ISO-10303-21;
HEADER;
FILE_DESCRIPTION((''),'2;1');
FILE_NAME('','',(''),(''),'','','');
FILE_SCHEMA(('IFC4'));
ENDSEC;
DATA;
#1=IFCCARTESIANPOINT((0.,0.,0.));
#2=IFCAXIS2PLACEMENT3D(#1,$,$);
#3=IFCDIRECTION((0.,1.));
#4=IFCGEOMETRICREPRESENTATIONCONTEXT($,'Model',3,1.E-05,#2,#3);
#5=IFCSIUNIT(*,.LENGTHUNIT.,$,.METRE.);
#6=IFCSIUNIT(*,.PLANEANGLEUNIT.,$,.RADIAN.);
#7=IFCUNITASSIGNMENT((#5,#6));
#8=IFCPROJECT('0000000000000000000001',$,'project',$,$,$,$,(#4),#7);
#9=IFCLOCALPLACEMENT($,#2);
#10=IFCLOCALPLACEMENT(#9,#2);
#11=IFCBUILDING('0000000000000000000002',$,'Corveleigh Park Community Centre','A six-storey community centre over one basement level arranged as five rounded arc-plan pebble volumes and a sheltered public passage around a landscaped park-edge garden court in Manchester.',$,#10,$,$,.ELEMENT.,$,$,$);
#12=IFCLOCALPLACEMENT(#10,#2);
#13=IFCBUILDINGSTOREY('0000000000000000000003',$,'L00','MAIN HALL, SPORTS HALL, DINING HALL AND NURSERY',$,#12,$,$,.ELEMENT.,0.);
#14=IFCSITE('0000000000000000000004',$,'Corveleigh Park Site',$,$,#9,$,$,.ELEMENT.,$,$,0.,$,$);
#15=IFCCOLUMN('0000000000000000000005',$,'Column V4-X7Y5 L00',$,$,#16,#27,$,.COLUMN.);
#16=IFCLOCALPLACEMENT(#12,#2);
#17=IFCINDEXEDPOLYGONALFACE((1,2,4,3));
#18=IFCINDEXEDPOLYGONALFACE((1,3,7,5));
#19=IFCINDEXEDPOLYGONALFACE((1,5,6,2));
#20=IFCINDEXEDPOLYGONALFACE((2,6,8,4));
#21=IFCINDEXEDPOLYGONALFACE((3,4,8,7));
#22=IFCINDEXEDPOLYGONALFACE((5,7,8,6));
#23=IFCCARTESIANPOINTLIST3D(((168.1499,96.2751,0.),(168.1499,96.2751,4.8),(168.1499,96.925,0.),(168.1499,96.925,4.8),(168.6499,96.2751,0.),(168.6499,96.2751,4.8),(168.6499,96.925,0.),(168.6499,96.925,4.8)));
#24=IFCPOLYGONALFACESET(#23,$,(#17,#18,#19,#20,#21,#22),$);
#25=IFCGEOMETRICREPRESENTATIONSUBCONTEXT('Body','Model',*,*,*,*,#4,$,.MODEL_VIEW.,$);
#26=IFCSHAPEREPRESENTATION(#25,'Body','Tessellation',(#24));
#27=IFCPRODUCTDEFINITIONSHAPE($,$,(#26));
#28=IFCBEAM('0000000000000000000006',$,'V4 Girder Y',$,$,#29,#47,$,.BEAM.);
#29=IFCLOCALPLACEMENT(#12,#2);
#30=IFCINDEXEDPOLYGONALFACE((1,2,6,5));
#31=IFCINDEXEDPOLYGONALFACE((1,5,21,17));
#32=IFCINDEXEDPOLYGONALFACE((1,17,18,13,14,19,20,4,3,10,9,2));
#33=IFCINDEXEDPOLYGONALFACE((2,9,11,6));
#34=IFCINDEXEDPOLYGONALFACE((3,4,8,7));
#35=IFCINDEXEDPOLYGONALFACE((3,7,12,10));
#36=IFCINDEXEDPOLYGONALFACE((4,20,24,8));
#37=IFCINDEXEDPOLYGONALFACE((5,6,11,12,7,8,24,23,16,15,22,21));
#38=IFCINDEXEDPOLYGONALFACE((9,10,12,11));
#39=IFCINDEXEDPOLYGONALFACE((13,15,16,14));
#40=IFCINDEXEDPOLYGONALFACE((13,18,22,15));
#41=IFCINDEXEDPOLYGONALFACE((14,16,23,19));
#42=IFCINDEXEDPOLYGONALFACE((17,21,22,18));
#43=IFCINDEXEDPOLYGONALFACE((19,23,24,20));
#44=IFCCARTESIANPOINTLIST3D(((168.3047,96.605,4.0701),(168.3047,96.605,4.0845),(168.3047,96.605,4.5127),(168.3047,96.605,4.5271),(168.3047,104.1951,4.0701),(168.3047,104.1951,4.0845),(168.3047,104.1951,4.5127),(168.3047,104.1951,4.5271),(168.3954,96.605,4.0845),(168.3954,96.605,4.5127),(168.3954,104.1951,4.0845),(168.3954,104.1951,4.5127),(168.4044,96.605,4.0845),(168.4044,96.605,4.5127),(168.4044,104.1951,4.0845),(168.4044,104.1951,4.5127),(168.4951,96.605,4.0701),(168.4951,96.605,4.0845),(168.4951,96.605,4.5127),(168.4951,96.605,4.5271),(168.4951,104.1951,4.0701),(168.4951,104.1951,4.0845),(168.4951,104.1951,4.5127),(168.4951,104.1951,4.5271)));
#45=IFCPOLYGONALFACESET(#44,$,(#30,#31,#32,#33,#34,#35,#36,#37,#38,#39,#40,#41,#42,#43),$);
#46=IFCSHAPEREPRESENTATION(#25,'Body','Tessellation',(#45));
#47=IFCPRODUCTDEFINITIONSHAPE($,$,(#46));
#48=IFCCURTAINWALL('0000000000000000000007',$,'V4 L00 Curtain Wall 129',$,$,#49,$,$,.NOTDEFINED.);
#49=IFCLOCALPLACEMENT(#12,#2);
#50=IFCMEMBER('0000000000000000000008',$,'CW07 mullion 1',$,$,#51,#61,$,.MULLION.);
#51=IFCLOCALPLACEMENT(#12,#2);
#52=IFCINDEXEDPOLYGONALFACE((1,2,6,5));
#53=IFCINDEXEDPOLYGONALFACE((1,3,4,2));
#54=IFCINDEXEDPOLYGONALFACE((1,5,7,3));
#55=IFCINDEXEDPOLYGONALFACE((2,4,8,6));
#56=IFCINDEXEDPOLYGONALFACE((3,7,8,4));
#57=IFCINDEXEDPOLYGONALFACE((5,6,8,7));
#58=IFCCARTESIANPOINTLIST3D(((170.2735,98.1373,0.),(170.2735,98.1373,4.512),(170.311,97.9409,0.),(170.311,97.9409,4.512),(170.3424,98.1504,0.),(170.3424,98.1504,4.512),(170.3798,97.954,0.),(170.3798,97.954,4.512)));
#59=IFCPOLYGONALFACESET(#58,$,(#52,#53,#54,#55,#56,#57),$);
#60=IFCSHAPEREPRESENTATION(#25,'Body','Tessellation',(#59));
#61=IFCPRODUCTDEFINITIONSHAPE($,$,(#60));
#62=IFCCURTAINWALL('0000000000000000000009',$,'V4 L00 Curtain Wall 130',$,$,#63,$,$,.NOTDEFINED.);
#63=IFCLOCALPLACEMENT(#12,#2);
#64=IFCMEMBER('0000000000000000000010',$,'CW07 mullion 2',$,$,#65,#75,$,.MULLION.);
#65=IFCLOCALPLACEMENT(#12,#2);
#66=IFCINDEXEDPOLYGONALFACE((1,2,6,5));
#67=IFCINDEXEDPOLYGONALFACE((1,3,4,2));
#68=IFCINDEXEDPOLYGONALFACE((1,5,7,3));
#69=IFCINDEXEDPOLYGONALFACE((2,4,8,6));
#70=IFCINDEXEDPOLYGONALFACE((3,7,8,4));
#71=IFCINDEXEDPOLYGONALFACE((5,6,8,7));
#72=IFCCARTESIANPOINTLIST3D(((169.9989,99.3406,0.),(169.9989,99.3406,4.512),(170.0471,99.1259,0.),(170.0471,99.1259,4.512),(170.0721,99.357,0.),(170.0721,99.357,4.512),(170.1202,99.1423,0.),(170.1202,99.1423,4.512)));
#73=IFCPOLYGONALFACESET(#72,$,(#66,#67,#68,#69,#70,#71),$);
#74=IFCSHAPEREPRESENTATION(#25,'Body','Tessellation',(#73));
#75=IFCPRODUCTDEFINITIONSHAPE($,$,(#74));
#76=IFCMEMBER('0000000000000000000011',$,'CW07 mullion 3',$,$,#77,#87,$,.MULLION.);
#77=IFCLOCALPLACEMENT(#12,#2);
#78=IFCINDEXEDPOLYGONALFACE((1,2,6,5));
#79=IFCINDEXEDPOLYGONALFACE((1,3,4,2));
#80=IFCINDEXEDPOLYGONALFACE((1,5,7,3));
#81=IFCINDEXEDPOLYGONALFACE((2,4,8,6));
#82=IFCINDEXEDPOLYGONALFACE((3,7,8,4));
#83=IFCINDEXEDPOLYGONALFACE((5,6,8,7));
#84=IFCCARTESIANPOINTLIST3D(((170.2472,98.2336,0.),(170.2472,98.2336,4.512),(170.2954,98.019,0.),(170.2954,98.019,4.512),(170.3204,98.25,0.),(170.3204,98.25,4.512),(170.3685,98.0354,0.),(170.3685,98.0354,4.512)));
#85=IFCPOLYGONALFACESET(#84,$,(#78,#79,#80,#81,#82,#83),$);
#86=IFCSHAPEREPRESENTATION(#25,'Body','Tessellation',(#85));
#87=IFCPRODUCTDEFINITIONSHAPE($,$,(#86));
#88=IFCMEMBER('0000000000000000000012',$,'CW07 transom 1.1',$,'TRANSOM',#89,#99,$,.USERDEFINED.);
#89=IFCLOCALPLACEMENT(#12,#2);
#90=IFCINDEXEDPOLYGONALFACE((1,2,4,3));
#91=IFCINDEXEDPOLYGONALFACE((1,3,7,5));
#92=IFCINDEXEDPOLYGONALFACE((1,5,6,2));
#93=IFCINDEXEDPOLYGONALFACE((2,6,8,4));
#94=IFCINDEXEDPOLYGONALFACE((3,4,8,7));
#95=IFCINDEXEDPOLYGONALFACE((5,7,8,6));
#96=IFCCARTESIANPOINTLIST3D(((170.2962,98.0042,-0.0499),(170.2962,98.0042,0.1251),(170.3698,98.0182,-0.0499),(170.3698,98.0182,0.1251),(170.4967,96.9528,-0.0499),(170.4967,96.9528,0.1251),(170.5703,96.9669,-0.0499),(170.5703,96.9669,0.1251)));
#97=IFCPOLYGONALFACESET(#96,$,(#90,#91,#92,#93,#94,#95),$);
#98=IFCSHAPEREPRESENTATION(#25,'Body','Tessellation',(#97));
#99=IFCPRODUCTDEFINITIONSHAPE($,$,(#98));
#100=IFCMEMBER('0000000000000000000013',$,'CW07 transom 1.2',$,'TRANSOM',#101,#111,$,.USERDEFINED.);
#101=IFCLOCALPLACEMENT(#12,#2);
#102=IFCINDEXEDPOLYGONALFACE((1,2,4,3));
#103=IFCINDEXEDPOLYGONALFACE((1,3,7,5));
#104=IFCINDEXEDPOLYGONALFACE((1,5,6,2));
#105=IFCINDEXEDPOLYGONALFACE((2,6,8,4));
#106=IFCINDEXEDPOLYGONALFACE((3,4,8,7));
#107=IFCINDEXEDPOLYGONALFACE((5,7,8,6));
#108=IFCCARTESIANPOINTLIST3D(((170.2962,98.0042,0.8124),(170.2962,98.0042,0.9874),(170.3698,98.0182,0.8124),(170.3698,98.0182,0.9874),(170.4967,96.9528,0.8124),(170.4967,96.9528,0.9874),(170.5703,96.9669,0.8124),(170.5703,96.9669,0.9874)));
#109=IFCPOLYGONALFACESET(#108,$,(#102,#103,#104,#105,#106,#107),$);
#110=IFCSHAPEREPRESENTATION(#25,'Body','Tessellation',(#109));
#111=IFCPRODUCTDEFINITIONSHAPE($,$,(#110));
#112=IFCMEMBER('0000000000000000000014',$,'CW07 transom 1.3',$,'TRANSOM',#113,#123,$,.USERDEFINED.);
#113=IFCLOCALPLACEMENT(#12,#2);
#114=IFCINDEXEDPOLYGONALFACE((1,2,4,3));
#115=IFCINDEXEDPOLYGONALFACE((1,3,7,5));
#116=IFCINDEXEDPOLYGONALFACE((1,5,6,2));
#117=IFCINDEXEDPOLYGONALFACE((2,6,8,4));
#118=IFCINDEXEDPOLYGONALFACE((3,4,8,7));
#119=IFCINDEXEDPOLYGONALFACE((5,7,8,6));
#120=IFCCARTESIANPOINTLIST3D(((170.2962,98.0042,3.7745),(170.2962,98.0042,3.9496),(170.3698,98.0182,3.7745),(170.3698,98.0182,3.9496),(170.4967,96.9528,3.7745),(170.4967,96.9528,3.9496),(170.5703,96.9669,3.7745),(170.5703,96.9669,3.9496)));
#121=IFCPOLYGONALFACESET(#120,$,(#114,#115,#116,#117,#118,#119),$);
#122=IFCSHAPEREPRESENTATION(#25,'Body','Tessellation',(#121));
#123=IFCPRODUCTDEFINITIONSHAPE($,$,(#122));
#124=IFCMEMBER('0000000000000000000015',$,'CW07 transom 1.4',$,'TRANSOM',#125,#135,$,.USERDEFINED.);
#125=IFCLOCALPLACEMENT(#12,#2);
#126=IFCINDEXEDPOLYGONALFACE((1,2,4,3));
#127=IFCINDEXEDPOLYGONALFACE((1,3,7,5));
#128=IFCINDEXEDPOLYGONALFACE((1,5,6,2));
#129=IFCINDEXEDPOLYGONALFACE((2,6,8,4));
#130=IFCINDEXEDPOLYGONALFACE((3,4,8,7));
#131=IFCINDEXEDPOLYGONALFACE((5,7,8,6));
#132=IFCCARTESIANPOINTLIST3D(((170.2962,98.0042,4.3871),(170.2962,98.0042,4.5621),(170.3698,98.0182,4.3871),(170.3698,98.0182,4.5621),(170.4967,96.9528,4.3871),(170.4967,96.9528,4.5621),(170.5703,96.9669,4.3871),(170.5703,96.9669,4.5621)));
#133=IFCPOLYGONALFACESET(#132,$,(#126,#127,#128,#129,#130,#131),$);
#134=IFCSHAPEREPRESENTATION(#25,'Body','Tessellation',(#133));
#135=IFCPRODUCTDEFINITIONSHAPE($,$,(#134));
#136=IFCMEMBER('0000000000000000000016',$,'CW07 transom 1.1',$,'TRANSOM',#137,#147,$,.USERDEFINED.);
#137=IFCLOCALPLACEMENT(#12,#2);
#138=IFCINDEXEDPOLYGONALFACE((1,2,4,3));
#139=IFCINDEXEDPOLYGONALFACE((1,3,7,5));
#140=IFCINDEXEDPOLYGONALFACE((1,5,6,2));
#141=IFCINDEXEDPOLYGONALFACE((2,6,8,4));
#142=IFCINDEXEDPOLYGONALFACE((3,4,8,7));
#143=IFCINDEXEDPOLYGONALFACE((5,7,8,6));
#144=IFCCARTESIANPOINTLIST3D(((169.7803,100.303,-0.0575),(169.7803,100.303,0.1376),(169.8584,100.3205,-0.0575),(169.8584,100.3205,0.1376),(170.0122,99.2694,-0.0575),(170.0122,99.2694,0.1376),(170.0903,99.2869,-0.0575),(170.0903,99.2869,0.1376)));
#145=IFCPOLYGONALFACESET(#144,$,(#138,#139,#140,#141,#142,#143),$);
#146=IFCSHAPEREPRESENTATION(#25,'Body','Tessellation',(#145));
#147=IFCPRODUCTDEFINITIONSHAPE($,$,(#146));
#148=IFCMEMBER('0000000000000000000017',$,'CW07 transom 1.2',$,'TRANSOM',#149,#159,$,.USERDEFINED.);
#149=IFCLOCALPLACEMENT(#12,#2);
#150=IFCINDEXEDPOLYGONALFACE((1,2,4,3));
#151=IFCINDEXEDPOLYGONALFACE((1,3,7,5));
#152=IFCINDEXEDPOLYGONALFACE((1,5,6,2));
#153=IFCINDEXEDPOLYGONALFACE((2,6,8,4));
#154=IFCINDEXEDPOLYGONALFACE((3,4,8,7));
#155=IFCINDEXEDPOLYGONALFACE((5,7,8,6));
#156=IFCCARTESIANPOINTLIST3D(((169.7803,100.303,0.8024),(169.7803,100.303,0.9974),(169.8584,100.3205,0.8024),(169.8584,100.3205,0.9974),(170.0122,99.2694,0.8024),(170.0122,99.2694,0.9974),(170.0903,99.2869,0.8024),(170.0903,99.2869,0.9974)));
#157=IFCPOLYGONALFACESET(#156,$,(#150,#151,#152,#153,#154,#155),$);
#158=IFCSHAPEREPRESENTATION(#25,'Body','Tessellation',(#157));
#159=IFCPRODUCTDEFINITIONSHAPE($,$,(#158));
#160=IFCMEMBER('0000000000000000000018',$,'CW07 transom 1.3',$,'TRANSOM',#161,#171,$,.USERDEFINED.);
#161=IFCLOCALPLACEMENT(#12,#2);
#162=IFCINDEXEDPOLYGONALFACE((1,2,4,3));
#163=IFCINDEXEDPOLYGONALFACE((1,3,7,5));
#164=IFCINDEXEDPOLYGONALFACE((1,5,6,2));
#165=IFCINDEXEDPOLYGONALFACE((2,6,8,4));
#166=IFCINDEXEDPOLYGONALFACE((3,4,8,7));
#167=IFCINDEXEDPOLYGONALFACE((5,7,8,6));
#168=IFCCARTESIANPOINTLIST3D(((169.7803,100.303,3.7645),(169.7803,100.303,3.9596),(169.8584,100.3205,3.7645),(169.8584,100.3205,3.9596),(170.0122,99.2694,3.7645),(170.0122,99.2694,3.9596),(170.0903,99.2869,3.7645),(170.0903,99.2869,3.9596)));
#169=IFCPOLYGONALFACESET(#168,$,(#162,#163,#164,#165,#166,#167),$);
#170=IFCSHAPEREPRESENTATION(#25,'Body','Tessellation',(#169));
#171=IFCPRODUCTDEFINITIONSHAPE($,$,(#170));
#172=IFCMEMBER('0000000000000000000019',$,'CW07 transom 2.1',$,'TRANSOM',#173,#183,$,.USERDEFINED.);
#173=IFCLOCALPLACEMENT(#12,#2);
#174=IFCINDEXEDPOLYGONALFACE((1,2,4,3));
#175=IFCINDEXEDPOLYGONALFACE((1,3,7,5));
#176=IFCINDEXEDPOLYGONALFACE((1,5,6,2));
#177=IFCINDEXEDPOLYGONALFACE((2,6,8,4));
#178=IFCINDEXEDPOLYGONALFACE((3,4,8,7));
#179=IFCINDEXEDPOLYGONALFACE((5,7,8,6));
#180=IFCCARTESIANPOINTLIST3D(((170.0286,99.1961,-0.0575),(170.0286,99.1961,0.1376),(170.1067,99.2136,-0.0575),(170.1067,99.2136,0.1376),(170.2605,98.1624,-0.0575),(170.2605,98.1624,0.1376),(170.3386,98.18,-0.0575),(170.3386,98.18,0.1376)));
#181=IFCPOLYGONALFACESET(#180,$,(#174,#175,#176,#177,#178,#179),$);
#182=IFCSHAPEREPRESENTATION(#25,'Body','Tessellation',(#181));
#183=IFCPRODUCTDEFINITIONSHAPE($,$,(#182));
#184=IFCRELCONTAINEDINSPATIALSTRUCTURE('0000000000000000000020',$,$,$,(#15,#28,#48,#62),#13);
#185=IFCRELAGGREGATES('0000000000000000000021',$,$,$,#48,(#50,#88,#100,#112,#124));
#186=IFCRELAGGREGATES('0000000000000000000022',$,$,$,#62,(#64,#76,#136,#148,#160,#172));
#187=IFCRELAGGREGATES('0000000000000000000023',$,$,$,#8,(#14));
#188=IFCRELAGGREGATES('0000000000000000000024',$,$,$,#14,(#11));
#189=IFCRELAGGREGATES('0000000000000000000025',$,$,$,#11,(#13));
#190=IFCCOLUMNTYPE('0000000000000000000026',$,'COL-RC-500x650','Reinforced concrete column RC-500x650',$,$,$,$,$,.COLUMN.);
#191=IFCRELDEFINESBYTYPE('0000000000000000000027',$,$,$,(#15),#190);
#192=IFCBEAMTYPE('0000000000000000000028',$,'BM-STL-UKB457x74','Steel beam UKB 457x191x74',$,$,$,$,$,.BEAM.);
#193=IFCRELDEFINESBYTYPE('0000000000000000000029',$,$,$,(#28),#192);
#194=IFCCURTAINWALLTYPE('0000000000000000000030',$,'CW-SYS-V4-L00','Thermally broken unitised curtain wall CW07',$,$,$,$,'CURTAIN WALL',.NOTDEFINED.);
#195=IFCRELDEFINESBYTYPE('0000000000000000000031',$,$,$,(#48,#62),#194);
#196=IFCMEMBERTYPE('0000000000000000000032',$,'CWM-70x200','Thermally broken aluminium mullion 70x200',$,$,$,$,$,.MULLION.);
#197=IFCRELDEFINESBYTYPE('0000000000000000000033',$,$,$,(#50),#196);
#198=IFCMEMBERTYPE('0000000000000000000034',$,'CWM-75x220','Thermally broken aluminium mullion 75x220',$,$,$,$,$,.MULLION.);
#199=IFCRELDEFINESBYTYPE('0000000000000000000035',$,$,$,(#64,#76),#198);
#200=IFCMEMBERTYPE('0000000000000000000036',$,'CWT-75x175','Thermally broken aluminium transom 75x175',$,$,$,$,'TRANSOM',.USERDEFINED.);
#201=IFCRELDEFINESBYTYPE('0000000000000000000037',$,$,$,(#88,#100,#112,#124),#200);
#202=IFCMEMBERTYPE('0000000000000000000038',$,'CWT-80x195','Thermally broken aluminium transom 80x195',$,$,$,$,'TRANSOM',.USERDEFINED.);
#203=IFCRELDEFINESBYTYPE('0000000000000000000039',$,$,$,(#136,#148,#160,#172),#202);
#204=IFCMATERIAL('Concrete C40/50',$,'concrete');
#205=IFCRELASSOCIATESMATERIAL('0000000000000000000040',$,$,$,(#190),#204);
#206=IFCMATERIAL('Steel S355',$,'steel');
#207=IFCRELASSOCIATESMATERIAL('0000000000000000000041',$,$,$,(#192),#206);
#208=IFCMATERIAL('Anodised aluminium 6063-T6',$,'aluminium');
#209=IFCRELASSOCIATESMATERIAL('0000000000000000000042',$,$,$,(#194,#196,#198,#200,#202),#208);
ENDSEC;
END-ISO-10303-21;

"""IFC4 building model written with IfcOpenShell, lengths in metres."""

from ifc_helpers import new_model, si_unit, direction, frame, origin, origin_2d, place, context, subcontext, project, spatial, rectangle, i_section, extrude, material, material_profile, profile_set, type_object, element, aggregate, save


model = new_model("IFC4")

# Units and contexts
model_context = context("Model", 3, precision=1e-05, world=origin(), true_north=direction((0.0, 1.0)))
body_context = subcontext(model_context, "Body", "Model", "MODEL_VIEW")
ifc_project = project(units=[si_unit("LENGTHUNIT", "METRE"), si_unit("PLANEANGLEUNIT", "RADIAN")], contexts=[model_context])

# Site, building, storey
site_placement = place(None, origin())
site = spatial("IfcSite", under=ifc_project, at=site_placement, Name="Corveleigh Park Site", CompositionType="ELEMENT", RefElevation=0.0)
building_placement = place(site_placement, origin())
building = spatial("IfcBuilding", under=site, at=building_placement, Name="Corveleigh Park Community Centre", Description="A six-storey community centre over one basement level arranged as five rounded arc-plan pebble volumes and a sheltered public passage around a landscaped park-edge garden court in Manchester.", CompositionType="ELEMENT")
storey_placement = place(building_placement, origin())
storey = spatial("IfcBuildingStorey", under=building, at=storey_placement, Name="L00", Description="MAIN HALL, SPORTS HALL, DINING HALL AND NURSERY", CompositionType="ELEMENT", Elevation=0.0)

# Column
ifc_material_1 = material(Name="Concrete C40/50", Category="concrete")
ifc_material_profile_1 = material_profile(ifc_material_1, rectangle(XDim=0.5, YDim=0.6499, at=origin_2d()), Name="RC-500x650", Category="concrete")
ifc_profile_set_1 = profile_set([ifc_material_profile_1], Name="Concrete C40/50")
column_type = type_object("IfcColumnType", Name="COL-RC-500x650", Description="Reinforced concrete column RC-500x650", PredefinedType="COLUMN", material=ifc_profile_set_1)
column_placement = place(storey_placement, frame((168.3999, 96.6001, 0.0), z_axis=(0.0, 0.0, 1.0), x_axis=(1.0, 0.0, 0.0)))
element("IfcColumn", 1, at=column_placement, inside=storey, type_object=column_type, Name="Column V4-X7Y5 L00", PredefinedType="COLUMN", context=body_context, shape_type="SweptSolid", body=[
    extrude(rectangle(XDim=0.5, YDim=0.6499, at=origin_2d()), origin(), (0.0, 0.0, 1.0), 4.8),
])

# Beam
ifc_material_2 = material(Name="Steel S355", Category="steel")
ifc_material_profile_2 = material_profile(ifc_material_2, i_section(OverallWidth=0.1904, OverallDepth=0.457, WebThickness=0.009, FlangeThickness=0.0144, at=origin_2d()), Name="UKB 457x191x74", Category="steel")
ifc_profile_set_2 = profile_set([ifc_material_profile_2], Name="Steel S355")
beam_type = type_object("IfcBeamType", Name="BM-STL-UKB457x74", Description="Steel beam UKB 457x191x74", PredefinedType="BEAM", material=ifc_profile_set_2)
beam_placement = place(storey_placement, frame((168.3999, 96.605, 4.2986), z_axis=(0.0, 1.0, 0.0), x_axis=(-1.0, 0.0, 0.0)))
element("IfcBeam", 2, at=beam_placement, inside=storey, type_object=beam_type, Name="V4 Girder Y", PredefinedType="BEAM", context=body_context, shape_type="SweptSolid", body=[
    extrude(i_section(OverallWidth=0.1904, OverallDepth=0.457, WebThickness=0.009, FlangeThickness=0.0144, at=origin_2d()), origin(), (0.0, 0.0, 1.0), 7.5901),
])

# Curtain wall, member
ifc_material_3 = material(Name="Anodised aluminium 6063-T6", Category="aluminium")
curtain_wall_type = type_object("IfcCurtainWallType", Name="CW-SYS-V4-L00", Description="Thermally broken unitised curtain wall CW07", ElementType="CURTAIN WALL", PredefinedType="NOTDEFINED", material=ifc_material_3)
curtain_wall_1_placement = place(storey_placement, origin())
curtain_wall_1 = element("IfcCurtainWall", 3, at=curtain_wall_1_placement, inside=storey, type_object=curtain_wall_type, Name="V4 L00 Curtain Wall 129", PredefinedType="NOTDEFINED")
ifc_material_profile_3 = material_profile(ifc_material_3, rectangle(XDim=0.0701, YDim=0.2, at=origin_2d()), Name="ALU-M70x200", Category="aluminium")
ifc_profile_set_3 = profile_set([ifc_material_profile_3], Name="Anodised aluminium 6063-T6")
member_type_1 = type_object("IfcMemberType", Name="CWM-70x200", Description="Thermally broken aluminium mullion 70x200", PredefinedType="MULLION", material=ifc_profile_set_3)
member_1_placement = place(storey_placement, frame((170.3267, 98.0457, 0.0), z_axis=(0.0, 0.0, 1.0), x_axis=(0.982324, 0.18719, 0.0)))
member_1 = element("IfcMember", 4, at=member_1_placement, type_object=member_type_1, Name="CW07 mullion 1", PredefinedType="MULLION", context=body_context, shape_type="SweptSolid", body=[
    extrude(rectangle(XDim=0.0701, YDim=0.2, at=origin_2d()), origin(), (0.0, 0.0, 1.0), 4.512),
])

# Curtain wall, members
curtain_wall_2_placement = place(storey_placement, origin())
curtain_wall_2 = element("IfcCurtainWall", 5, at=curtain_wall_2_placement, inside=storey, type_object=curtain_wall_type, Name="V4 L00 Curtain Wall 130", PredefinedType="NOTDEFINED")
ifc_material_profile_4 = material_profile(ifc_material_3, rectangle(XDim=0.075, YDim=0.22, at=origin_2d()), Name="ALU-M75x220", Category="aluminium")
ifc_profile_set_4 = profile_set([ifc_material_profile_4], Name="Anodised aluminium 6063-T6")
member_type_2 = type_object("IfcMemberType", Name="CWM-75x220", Description="Thermally broken aluminium mullion 75x220", PredefinedType="MULLION", material=ifc_profile_set_4)
member_2_placement = place(storey_placement, frame((170.0596, 99.2415, 0.0), z_axis=(0.0, 0.0, 1.0), x_axis=(0.975753, 0.218873, 0.0)))
member_2 = element("IfcMember", 6, at=member_2_placement, type_object=member_type_2, Name="CW07 mullion 2", PredefinedType="MULLION", context=body_context, shape_type="SweptSolid", body=[
    extrude(rectangle(XDim=0.075, YDim=0.22, at=origin_2d()), origin(), (0.0, 0.0, 1.0), 4.512),
])
member_3_placement = place(storey_placement, frame((170.3079, 98.1345, 0.0), z_axis=(0.0, 0.0, 1.0), x_axis=(0.975753, 0.218873, 0.0)))
member_3 = element("IfcMember", 7, at=member_3_placement, type_object=member_type_2, Name="CW07 mullion 3", PredefinedType="MULLION", context=body_context, shape_type="SweptSolid", body=[
    extrude(rectangle(XDim=0.075, YDim=0.22, at=origin_2d()), origin(), (0.0, 0.0, 1.0), 4.512),
])

# Members
ifc_material_profile_5 = material_profile(ifc_material_3, rectangle(XDim=0.075, YDim=0.175, at=origin_2d()), Name="ALU-T75x175", Category="aluminium")
ifc_profile_set_5 = profile_set([ifc_material_profile_5], Name="Anodised aluminium 6063-T6")
member_type_3 = type_object("IfcMemberType", Name="CWT-75x175", Description="Thermally broken aluminium transom 75x175", ElementType="TRANSOM", PredefinedType="USERDEFINED", material=ifc_profile_set_5)
member_4_placement = place(storey_placement, frame((170.333, 98.0112, 0.0376), z_axis=(0.18729, -0.982305, 0.0), x_axis=(0.982305, 0.18729, 0.0)))
member_4 = element("IfcMember", 8, at=member_4_placement, type_object=member_type_3, Name="CW07 transom 1.1", ObjectType="TRANSOM", PredefinedType="USERDEFINED", context=body_context, shape_type="SweptSolid", body=[
    extrude(rectangle(XDim=0.075, YDim=0.175, at=origin_2d()), origin(), (0.0, 0.0, 1.0), 1.0703),
])
member_5_placement = place(storey_placement, frame((170.333, 98.0112, 0.8999), z_axis=(0.18729, -0.982305, 0.0), x_axis=(0.982305, 0.18729, 0.0)))
member_5 = element("IfcMember", 9, at=member_5_placement, type_object=member_type_3, Name="CW07 transom 1.2", ObjectType="TRANSOM", PredefinedType="USERDEFINED", context=body_context, shape_type="SweptSolid", body=[
    extrude(rectangle(XDim=0.075, YDim=0.175, at=origin_2d()), origin(), (0.0, 0.0, 1.0), 1.0703),
])
member_6_placement = place(storey_placement, frame((170.333, 98.0112, 3.8621), z_axis=(0.18729, -0.982305, 0.0), x_axis=(0.982305, 0.18729, 0.0)))
member_6 = element("IfcMember", 10, at=member_6_placement, type_object=member_type_3, Name="CW07 transom 1.3", ObjectType="TRANSOM", PredefinedType="USERDEFINED", context=body_context, shape_type="SweptSolid", body=[
    extrude(rectangle(XDim=0.075, YDim=0.175, at=origin_2d()), origin(), (0.0, 0.0, 1.0), 1.0703),
])
member_7_placement = place(storey_placement, frame((170.333, 98.0112, 4.4746), z_axis=(0.18729, -0.982305, 0.0), x_axis=(0.982305, 0.18729, 0.0)))
member_7 = element("IfcMember", 11, at=member_7_placement, type_object=member_type_3, Name="CW07 transom 1.4", ObjectType="TRANSOM", PredefinedType="USERDEFINED", context=body_context, shape_type="SweptSolid", body=[
    extrude(rectangle(XDim=0.075, YDim=0.175, at=origin_2d()), origin(), (0.0, 0.0, 1.0), 1.0703),
])
ifc_material_profile_6 = material_profile(ifc_material_3, rectangle(XDim=0.0801, YDim=0.1951, at=origin_2d()), Name="ALU-T80x195", Category="aluminium")
ifc_profile_set_6 = profile_set([ifc_material_profile_6], Name="Anodised aluminium 6063-T6")
member_type_4 = type_object("IfcMemberType", Name="CWT-80x195", Description="Thermally broken aluminium transom 80x195", ElementType="TRANSOM", PredefinedType="USERDEFINED", material=ifc_profile_set_6)
member_8_placement = place(storey_placement, frame((169.8193, 100.3118, 0.04), z_axis=(0.218931, -0.97574, 0.0), x_axis=(0.97574, 0.218931, 0.0)))
member_8 = element("IfcMember", 12, at=member_8_placement, type_object=member_type_4, Name="CW07 transom 1.1", ObjectType="TRANSOM", PredefinedType="USERDEFINED", context=body_context, shape_type="SweptSolid", body=[
    extrude(rectangle(XDim=0.0801, YDim=0.1951, at=origin_2d()), origin(), (0.0, 0.0, 1.0), 1.0593),
])
member_9_placement = place(storey_placement, frame((169.8193, 100.3118, 0.8999), z_axis=(0.218931, -0.97574, 0.0), x_axis=(0.97574, 0.218931, 0.0)))
member_9 = element("IfcMember", 13, at=member_9_placement, type_object=member_type_4, Name="CW07 transom 1.2", ObjectType="TRANSOM", PredefinedType="USERDEFINED", context=body_context, shape_type="SweptSolid", body=[
    extrude(rectangle(XDim=0.0801, YDim=0.1951, at=origin_2d()), origin(), (0.0, 0.0, 1.0), 1.0593),
])
member_10_placement = place(storey_placement, frame((169.8193, 100.3118, 3.8621), z_axis=(0.218931, -0.97574, 0.0), x_axis=(0.97574, 0.218931, 0.0)))
member_10 = element("IfcMember", 14, at=member_10_placement, type_object=member_type_4, Name="CW07 transom 1.3", ObjectType="TRANSOM", PredefinedType="USERDEFINED", context=body_context, shape_type="SweptSolid", body=[
    extrude(rectangle(XDim=0.0801, YDim=0.1951, at=origin_2d()), origin(), (0.0, 0.0, 1.0), 1.0593),
])
member_11_placement = place(storey_placement, frame((170.0676, 99.2048, 0.04), z_axis=(0.218931, -0.97574, 0.0), x_axis=(0.97574, 0.218931, 0.0)))
member_11 = element("IfcMember", 15, at=member_11_placement, type_object=member_type_4, Name="CW07 transom 2.1", ObjectType="TRANSOM", PredefinedType="USERDEFINED", context=body_context, shape_type="SweptSolid", body=[
    extrude(rectangle(XDim=0.0801, YDim=0.1951, at=origin_2d()), origin(), (0.0, 0.0, 1.0), 1.0593),
])

aggregate(curtain_wall_1, [member_1, member_4, member_5, member_6, member_7])
aggregate(curtain_wall_2, [member_2, member_3, member_8, member_9, member_10, member_11])

save(model, "model.ifc")
